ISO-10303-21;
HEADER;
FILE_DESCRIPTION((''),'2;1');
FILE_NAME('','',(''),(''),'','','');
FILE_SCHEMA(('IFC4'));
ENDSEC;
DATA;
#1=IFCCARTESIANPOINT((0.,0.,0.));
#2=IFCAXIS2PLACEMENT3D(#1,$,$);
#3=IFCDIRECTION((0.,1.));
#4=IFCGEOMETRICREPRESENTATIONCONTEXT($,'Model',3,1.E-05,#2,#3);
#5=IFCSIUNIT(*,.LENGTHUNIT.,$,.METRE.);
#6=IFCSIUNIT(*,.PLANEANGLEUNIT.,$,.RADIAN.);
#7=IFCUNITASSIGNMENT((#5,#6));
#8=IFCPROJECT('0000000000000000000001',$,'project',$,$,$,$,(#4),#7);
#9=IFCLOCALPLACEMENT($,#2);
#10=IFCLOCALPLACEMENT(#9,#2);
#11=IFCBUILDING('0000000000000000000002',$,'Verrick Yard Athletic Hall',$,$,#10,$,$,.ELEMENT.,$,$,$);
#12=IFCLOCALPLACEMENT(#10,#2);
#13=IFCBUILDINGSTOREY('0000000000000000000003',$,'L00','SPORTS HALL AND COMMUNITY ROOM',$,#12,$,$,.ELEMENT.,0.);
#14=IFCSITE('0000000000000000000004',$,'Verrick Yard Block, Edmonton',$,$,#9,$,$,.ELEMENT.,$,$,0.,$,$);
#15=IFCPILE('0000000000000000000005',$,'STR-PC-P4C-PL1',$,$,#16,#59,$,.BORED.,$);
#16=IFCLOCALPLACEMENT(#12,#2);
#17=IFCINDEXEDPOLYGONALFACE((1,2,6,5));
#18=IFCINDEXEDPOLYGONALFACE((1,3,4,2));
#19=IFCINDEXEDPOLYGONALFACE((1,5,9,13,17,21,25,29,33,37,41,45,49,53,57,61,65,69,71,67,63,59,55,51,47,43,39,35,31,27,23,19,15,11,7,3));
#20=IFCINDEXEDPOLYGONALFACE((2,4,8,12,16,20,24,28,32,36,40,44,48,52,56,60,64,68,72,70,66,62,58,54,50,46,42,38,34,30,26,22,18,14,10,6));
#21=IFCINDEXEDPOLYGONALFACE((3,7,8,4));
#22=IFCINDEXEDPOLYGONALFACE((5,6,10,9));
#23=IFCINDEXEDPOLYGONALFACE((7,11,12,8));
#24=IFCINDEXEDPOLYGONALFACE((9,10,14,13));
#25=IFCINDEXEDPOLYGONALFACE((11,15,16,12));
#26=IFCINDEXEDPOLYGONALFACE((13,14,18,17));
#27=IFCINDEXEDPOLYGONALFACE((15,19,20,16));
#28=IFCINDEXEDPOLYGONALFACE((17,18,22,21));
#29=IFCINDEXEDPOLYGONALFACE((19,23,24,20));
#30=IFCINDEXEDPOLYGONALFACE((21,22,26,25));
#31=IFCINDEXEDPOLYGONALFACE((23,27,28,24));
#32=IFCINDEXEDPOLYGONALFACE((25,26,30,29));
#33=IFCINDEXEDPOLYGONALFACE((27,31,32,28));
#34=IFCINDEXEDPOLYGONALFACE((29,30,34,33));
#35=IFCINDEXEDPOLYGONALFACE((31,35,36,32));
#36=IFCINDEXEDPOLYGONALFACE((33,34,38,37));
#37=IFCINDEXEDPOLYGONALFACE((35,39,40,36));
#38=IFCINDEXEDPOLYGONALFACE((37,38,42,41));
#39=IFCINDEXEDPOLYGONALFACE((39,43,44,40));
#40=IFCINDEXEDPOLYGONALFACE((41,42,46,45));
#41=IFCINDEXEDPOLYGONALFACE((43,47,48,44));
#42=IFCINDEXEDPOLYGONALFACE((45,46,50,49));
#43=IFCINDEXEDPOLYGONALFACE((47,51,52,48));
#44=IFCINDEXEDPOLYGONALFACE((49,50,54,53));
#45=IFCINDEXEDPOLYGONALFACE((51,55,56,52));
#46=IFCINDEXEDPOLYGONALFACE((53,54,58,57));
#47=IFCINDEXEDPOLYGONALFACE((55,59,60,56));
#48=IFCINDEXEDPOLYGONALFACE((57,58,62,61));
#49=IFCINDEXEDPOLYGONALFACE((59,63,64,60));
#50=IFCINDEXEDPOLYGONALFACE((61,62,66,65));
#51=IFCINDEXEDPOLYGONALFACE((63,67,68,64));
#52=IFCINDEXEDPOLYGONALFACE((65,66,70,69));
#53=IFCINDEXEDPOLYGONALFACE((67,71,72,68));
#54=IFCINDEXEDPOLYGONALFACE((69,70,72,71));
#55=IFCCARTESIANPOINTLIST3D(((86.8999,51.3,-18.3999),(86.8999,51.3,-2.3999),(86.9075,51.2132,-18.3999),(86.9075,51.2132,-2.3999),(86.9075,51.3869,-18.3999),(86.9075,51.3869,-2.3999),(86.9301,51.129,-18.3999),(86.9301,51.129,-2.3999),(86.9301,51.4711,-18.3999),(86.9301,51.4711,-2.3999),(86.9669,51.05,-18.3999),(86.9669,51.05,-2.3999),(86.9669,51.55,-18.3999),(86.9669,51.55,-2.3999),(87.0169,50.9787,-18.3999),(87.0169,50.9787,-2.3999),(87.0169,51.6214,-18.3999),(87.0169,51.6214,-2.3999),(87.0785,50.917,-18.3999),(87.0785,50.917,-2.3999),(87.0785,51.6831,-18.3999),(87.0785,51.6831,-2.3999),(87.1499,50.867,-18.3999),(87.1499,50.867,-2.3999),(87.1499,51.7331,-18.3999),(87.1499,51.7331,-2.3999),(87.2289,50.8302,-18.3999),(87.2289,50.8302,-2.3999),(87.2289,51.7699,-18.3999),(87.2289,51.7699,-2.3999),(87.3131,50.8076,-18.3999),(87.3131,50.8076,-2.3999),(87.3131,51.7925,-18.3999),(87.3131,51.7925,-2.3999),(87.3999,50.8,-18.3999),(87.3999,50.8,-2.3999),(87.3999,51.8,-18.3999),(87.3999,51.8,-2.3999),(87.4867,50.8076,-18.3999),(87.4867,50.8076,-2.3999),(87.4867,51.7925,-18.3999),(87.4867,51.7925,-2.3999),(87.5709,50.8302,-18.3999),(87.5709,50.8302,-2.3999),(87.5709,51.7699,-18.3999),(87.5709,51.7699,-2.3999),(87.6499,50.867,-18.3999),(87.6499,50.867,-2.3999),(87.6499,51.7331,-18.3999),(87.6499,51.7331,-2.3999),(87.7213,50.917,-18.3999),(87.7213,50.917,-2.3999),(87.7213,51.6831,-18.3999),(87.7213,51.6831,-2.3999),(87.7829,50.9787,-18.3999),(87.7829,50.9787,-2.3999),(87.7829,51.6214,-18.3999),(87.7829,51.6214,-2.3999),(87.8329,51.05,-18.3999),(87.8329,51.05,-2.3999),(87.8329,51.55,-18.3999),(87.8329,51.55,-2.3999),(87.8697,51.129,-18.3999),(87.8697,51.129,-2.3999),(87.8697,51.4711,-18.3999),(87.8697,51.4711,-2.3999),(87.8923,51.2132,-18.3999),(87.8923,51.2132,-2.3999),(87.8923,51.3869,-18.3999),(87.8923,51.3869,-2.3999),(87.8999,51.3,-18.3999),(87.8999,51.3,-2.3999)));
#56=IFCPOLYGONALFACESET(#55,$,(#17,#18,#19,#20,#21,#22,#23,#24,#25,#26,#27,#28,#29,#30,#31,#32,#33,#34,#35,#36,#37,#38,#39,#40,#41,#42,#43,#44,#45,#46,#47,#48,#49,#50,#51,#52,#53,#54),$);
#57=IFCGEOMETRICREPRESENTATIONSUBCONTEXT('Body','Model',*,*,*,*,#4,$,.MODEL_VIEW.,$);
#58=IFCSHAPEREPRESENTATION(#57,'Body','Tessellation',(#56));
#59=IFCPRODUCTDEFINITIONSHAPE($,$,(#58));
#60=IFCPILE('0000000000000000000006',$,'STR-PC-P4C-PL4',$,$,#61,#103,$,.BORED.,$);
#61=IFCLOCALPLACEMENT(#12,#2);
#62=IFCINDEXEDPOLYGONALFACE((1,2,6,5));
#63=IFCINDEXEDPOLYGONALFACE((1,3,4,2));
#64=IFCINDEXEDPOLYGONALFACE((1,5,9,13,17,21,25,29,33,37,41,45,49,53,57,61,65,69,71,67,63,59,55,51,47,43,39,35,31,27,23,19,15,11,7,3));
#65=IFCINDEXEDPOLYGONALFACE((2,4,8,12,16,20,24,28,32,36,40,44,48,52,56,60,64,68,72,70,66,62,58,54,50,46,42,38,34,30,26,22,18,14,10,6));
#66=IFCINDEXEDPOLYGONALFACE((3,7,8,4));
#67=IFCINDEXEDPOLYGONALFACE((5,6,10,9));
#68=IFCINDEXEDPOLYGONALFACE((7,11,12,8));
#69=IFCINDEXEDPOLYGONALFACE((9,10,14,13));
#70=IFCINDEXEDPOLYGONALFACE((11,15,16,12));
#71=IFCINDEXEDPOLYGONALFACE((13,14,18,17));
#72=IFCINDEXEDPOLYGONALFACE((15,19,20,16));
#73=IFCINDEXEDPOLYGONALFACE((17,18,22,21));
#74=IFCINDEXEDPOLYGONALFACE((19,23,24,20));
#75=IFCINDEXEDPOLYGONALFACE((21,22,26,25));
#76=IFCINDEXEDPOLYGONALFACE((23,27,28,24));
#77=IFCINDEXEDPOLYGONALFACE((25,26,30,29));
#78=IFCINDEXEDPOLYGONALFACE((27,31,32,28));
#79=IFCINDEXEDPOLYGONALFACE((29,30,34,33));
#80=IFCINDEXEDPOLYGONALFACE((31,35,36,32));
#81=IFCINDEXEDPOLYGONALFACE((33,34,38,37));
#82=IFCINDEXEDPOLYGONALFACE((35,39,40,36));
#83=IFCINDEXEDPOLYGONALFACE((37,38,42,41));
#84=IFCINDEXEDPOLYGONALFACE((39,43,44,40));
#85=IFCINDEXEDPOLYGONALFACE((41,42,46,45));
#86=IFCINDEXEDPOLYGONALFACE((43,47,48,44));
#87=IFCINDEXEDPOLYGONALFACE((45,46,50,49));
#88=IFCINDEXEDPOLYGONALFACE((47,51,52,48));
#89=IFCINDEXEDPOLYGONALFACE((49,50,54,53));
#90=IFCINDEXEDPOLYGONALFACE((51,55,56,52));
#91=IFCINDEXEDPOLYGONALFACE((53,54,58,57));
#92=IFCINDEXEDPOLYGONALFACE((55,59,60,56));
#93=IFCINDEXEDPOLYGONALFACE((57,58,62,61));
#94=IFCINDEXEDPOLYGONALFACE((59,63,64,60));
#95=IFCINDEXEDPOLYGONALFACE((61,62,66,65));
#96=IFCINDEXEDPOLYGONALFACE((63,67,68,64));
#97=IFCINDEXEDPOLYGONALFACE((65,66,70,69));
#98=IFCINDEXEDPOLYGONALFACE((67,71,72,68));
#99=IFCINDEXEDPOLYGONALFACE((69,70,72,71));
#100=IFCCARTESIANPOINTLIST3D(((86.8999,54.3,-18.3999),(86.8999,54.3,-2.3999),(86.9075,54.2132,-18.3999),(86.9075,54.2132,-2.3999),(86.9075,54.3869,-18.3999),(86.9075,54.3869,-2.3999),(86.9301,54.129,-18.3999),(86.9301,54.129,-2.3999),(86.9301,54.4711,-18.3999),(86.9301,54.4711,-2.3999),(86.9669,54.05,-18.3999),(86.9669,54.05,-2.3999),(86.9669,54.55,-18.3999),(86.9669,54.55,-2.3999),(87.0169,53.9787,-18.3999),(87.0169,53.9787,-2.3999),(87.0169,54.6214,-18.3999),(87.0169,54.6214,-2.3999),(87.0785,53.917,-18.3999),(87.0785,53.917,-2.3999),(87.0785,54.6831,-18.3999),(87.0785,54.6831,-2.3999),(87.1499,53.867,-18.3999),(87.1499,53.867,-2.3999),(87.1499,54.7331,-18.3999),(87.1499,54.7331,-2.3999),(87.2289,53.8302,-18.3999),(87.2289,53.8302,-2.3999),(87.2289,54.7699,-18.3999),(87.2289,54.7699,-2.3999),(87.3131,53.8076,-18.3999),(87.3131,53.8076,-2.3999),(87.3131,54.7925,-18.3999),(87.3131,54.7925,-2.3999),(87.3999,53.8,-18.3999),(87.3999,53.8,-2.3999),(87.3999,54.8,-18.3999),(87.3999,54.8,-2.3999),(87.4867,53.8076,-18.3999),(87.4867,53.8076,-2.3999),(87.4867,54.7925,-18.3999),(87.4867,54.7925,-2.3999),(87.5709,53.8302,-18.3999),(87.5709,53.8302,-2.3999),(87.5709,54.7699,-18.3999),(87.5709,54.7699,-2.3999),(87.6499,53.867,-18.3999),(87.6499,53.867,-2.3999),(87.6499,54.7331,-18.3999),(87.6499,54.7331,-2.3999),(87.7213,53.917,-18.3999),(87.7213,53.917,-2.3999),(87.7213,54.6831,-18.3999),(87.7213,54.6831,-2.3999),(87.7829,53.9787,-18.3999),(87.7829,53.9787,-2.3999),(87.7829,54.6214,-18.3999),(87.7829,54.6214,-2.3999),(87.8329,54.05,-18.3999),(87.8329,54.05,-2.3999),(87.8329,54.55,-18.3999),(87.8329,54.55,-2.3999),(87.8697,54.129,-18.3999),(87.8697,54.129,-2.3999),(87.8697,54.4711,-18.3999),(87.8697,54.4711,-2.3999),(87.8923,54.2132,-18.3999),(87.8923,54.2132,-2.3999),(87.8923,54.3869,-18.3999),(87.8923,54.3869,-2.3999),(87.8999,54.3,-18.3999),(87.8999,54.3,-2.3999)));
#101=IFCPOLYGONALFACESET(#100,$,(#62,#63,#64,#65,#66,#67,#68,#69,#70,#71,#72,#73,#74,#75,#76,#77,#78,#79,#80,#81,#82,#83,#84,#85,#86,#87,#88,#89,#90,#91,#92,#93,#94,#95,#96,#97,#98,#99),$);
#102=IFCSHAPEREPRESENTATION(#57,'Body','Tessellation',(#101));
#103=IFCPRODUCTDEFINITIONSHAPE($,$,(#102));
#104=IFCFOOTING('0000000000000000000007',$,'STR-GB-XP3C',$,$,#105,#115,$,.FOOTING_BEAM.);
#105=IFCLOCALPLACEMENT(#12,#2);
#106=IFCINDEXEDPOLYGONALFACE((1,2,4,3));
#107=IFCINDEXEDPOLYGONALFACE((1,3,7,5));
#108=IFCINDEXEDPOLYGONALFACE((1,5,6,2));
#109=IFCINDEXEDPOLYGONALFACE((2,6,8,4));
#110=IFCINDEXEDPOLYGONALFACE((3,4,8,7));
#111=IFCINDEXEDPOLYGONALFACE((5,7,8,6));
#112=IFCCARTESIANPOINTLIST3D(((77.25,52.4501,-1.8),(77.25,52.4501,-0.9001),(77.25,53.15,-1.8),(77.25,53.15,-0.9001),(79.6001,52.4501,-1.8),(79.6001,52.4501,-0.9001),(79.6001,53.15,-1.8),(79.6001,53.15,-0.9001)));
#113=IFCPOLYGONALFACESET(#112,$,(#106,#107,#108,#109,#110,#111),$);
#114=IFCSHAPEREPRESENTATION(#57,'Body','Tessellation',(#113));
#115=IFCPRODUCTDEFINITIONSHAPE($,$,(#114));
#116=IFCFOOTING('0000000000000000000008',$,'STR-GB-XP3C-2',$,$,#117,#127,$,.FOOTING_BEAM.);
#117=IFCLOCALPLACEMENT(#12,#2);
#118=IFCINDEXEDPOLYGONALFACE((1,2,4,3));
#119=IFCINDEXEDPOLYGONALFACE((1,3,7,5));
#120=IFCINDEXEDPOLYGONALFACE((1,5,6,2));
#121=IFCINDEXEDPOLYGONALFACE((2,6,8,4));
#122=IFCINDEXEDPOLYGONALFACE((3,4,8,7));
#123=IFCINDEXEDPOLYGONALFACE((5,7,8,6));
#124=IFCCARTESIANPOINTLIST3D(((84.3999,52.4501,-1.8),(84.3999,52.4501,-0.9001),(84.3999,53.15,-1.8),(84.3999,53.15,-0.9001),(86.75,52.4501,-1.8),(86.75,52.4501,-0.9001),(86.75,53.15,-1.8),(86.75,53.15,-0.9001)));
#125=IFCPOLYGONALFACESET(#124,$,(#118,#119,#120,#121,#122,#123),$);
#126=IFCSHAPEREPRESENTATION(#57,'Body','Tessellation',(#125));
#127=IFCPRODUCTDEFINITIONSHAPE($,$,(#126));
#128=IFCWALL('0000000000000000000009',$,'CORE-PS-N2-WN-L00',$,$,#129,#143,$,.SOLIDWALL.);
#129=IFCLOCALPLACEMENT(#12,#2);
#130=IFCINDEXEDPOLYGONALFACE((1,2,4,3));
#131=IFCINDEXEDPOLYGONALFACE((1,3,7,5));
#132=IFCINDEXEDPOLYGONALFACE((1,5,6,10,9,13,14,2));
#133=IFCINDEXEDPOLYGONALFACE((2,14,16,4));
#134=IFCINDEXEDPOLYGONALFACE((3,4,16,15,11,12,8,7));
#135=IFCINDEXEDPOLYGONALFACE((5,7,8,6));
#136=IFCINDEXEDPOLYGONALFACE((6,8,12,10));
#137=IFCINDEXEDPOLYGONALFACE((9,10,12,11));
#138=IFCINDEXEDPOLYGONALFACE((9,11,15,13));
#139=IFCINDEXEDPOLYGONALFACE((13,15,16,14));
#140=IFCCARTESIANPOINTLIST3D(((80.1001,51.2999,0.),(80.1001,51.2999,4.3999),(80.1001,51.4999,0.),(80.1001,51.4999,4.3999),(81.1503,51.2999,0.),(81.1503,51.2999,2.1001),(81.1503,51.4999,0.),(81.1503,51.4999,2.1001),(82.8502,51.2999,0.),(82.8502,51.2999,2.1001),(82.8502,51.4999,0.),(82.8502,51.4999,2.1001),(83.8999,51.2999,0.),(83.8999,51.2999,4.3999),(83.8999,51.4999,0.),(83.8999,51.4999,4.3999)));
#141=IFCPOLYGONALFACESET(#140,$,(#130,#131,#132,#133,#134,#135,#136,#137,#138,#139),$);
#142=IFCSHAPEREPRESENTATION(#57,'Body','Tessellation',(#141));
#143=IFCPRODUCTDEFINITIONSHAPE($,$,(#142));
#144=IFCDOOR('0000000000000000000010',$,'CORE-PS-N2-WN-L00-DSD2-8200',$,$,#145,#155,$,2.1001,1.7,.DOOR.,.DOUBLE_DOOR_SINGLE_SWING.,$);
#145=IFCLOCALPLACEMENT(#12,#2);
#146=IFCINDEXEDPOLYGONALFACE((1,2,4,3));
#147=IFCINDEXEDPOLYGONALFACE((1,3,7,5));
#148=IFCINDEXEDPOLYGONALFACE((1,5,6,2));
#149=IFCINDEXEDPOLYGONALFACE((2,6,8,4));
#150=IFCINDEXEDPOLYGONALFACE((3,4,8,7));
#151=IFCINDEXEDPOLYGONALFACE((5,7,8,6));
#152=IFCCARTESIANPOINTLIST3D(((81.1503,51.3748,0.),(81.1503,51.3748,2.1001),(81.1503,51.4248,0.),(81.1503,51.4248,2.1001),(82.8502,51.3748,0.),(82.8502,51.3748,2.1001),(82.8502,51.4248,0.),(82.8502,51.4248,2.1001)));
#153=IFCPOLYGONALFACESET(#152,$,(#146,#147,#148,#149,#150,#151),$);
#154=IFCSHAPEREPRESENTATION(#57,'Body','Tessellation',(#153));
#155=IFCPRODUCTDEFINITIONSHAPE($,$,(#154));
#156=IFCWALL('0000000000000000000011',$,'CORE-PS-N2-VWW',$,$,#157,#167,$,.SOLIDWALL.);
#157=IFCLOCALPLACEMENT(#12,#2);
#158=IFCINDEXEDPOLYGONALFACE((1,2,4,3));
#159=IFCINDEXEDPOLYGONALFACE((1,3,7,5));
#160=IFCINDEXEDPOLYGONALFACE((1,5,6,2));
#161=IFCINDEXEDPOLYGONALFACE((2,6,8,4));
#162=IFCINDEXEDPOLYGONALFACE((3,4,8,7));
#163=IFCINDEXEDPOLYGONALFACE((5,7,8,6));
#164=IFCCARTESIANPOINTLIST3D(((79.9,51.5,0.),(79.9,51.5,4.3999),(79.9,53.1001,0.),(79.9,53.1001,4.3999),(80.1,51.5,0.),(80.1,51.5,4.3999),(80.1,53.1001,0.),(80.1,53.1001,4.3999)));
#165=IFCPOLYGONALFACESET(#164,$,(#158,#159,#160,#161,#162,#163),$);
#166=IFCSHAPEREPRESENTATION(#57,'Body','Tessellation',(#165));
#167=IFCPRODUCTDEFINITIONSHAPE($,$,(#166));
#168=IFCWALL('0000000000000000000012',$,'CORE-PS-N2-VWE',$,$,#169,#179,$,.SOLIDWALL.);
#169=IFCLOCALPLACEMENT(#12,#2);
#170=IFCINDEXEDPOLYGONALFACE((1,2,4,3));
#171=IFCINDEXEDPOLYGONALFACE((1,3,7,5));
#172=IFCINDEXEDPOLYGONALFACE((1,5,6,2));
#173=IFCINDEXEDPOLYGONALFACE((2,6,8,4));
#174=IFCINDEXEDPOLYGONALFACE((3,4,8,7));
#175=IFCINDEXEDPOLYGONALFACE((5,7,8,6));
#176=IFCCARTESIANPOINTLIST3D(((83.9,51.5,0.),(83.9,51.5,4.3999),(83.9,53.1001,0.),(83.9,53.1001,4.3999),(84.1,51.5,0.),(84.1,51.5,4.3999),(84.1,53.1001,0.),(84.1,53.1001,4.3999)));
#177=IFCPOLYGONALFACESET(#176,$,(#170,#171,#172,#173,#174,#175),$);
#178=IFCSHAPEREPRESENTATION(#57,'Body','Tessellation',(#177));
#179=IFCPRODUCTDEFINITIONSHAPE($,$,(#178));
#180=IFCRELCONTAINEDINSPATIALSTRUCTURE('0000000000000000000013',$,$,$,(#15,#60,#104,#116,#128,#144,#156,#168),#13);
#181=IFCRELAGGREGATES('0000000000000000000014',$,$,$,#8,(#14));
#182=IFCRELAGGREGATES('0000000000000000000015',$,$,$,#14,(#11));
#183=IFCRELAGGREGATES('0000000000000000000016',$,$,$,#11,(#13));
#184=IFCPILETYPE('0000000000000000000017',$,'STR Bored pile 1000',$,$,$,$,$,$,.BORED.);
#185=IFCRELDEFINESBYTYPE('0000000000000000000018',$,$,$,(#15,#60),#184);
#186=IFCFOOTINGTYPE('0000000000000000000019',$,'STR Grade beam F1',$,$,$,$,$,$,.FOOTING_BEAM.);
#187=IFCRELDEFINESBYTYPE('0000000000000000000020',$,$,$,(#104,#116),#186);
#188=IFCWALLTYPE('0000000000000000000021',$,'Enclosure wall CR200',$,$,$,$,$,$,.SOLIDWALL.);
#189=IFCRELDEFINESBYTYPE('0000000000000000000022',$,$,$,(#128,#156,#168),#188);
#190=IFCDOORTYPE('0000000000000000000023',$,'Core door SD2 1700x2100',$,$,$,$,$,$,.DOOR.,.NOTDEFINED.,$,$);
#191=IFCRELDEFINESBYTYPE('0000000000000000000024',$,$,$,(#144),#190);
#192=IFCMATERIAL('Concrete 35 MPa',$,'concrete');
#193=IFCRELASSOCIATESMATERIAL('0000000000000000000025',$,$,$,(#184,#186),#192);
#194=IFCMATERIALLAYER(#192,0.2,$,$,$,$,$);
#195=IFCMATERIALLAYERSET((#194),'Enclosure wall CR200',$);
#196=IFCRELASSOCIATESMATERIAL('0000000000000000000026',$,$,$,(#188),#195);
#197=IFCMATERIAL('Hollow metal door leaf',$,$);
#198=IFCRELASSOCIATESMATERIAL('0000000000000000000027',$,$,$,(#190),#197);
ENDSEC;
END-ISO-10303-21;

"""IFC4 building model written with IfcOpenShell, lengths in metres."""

from ifc_helpers import new_model, si_unit, direction, frame, frame_2d, origin, origin_2d, place, context, subcontext, project, spatial, rectangle, circle, extrude, material, layer, layer_set, material_profile, profile_set, type_object, element, fill, save


model = new_model("IFC4")

# Units and contexts
model_context = context("Model", 3, precision=1e-05, world=origin(), true_north=direction((0.0, 1.0)))
body_context = subcontext(model_context, "Body", "Model", "MODEL_VIEW")
ifc_project = project(units=[si_unit("LENGTHUNIT", "METRE"), si_unit("PLANEANGLEUNIT", "RADIAN")], contexts=[model_context])

# Site, building, storey
site_placement = place(None, origin())
site = spatial("IfcSite", under=ifc_project, at=site_placement, Name="Verrick Yard Block, Edmonton", CompositionType="ELEMENT", RefElevation=0.0)
building_placement = place(site_placement, origin())
building = spatial("IfcBuilding", under=site, at=building_placement, Name="Verrick Yard Athletic Hall", CompositionType="ELEMENT")
storey_placement = place(building_placement, origin())
storey = spatial("IfcBuildingStorey", under=building, at=storey_placement, Name="L00", Description="SPORTS HALL AND COMMUNITY ROOM", CompositionType="ELEMENT", Elevation=0.0)

# Piles
ifc_material_1 = material(Name="Concrete 35 MPa", Category="concrete")
pile_type_1 = type_object("IfcPileType", Name="STR Bored pile 1000", PredefinedType="BORED", material=ifc_material_1)
for number, where, z_axis, x_axis, name in (
    (1, (87.3999, 51.3, -2.3999), (0.0, 0.0, -1.0), (1.0, 0.0, 0.0), "STR-PC-P4C-PL1"),
    (2, (87.3999, 54.3, -2.3999), (0.0, 0.0, -1.0), (1.0, 0.0, 0.0), "STR-PC-P4C-PL4"),
):
    element("IfcPile", number, at=place(storey_placement, frame(where, z_axis=z_axis, x_axis=x_axis)), inside=storey, type_object=pile_type_1, Name=name, PredefinedType="BORED", context=body_context, shape_type="SweptSolid", body=[
        extrude(circle(Radius=0.5, at=origin_2d()), origin(), (0.0, 0.0, 1.0), 16.0),
    ])

# Footings
ifc_material_profile_1 = material_profile(ifc_material_1, rectangle(XDim=0.7, YDim=0.8999, at=origin_2d()), Name="STR Grade beam F1")
ifc_profile_set_1 = profile_set([ifc_material_profile_1], Name="Concrete 35 MPa")
footing_type = type_object("IfcFootingType", Name="STR Grade beam F1", PredefinedType="FOOTING_BEAM", material=ifc_profile_set_1)
for number, where, z_axis, x_axis, name in (
    (3, (77.25, 52.8, -1.3501), (1.0, 0.0, 0.0), (0.0, 1.0, 0.0), "STR-GB-XP3C"),
    (4, (84.3999, 52.8, -1.3501), (1.0, 0.0, 0.0), (0.0, 1.0, 0.0), "STR-GB-XP3C-2"),
):
    element("IfcFooting", number, at=place(storey_placement, frame(where, z_axis=z_axis, x_axis=x_axis)), inside=storey, type_object=footing_type, Name=name, PredefinedType="FOOTING_BEAM", context=body_context, shape_type="SweptSolid", body=[
        extrude(rectangle(XDim=0.7, YDim=0.8999, at=origin_2d()), origin(), (0.0, 0.0, 1.0), 2.3501),
    ])

# Wall, opening, door
ifc_layer_1 = layer(ifc_material_1, 0.2)
ifc_layer_set_1 = layer_set([ifc_layer_1], Name="Enclosure wall CR200")
wall_type_1 = type_object("IfcWallType", Name="Enclosure wall CR200", PredefinedType="SOLIDWALL", material=ifc_layer_set_1)
wall_1_placement = place(storey_placement, frame((80.1001, 51.3999, 0.0), z_axis=(0.0, 0.0, 1.0), x_axis=(1.0, 0.0, 0.0)))
wall_1 = element("IfcWall", 5, at=wall_1_placement, inside=storey, type_object=wall_type_1, Name="CORE-PS-N2-WN-L00", PredefinedType="SOLIDWALL", context=body_context, shape_type="SweptSolid", body=[
    extrude(rectangle(XDim=3.7998, YDim=0.2, at=frame_2d((1.8999, 0.0))), origin(), (0.0, 0.0, 1.0), 4.3999),
])
opening_1_placement = place(wall_1_placement, frame((1.05, 0.0, 0.0)))
opening_1 = element("IfcOpeningElement", 6, at=opening_1_placement, cuts=wall_1, PredefinedType="OPENING", context=body_context, shape_type="SweptSolid", body=[
    extrude(rectangle(XDim=1.7, YDim=2.1001, at=frame_2d((0.8501, 1.05))), frame((0.0, 0.1099, 0.0), z_axis=(0.0, -1.0, 0.0), x_axis=(1.0, 0.0, 0.0)), (0.0, 0.0, 1.0), 0.22),
])
ifc_material_2 = material(Name="Hollow metal door leaf")
door_type_1 = type_object("IfcDoorType", Name="Core door SD2 1700x2100", OperationType="NOTDEFINED", PredefinedType="DOOR", material=ifc_material_2)
door_1_placement = place(opening_1_placement, origin())
door_1 = element("IfcDoor", 7, at=door_1_placement, inside=storey, type_object=door_type_1, Name="CORE-PS-N2-WN-L00-DSD2-8200", OperationType="DOUBLE_DOOR_SINGLE_SWING", OverallHeight=2.1001, OverallWidth=1.7, PredefinedType="DOOR", context=body_context, shape_type="SweptSolid", body=[
    extrude(rectangle(XDim=1.7, YDim=2.1001, at=frame_2d((0.8501, 1.05))), frame((0.0, 0.0249, 0.0), z_axis=(0.0, -1.0, 0.0), x_axis=(1.0, 0.0, 0.0)), (0.0, 0.0, 1.0), 0.05),
])
fill(opening_1, door_1)

# Walls
for number, where, z_axis, x_axis, name in (
    (8, (80.0, 51.5, 0.0), (0.0, 0.0, 1.0), (0.0, 1.0, 0.0), "CORE-PS-N2-VWW"),
    (9, (84.0, 51.5, 0.0), (0.0, 0.0, 1.0), (0.0, 1.0, 0.0), "CORE-PS-N2-VWE"),
):
    element("IfcWall", number, at=place(storey_placement, frame(where, z_axis=z_axis, x_axis=x_axis)), inside=storey, type_object=wall_type_1, Name=name, PredefinedType="SOLIDWALL", context=body_context, shape_type="SweptSolid", body=[
        extrude(rectangle(XDim=1.6001, YDim=0.2, at=frame_2d((0.8, 0.0))), origin(), (0.0, 0.0, 1.0), 4.3999),
    ])

save(model, "model.ifc")
